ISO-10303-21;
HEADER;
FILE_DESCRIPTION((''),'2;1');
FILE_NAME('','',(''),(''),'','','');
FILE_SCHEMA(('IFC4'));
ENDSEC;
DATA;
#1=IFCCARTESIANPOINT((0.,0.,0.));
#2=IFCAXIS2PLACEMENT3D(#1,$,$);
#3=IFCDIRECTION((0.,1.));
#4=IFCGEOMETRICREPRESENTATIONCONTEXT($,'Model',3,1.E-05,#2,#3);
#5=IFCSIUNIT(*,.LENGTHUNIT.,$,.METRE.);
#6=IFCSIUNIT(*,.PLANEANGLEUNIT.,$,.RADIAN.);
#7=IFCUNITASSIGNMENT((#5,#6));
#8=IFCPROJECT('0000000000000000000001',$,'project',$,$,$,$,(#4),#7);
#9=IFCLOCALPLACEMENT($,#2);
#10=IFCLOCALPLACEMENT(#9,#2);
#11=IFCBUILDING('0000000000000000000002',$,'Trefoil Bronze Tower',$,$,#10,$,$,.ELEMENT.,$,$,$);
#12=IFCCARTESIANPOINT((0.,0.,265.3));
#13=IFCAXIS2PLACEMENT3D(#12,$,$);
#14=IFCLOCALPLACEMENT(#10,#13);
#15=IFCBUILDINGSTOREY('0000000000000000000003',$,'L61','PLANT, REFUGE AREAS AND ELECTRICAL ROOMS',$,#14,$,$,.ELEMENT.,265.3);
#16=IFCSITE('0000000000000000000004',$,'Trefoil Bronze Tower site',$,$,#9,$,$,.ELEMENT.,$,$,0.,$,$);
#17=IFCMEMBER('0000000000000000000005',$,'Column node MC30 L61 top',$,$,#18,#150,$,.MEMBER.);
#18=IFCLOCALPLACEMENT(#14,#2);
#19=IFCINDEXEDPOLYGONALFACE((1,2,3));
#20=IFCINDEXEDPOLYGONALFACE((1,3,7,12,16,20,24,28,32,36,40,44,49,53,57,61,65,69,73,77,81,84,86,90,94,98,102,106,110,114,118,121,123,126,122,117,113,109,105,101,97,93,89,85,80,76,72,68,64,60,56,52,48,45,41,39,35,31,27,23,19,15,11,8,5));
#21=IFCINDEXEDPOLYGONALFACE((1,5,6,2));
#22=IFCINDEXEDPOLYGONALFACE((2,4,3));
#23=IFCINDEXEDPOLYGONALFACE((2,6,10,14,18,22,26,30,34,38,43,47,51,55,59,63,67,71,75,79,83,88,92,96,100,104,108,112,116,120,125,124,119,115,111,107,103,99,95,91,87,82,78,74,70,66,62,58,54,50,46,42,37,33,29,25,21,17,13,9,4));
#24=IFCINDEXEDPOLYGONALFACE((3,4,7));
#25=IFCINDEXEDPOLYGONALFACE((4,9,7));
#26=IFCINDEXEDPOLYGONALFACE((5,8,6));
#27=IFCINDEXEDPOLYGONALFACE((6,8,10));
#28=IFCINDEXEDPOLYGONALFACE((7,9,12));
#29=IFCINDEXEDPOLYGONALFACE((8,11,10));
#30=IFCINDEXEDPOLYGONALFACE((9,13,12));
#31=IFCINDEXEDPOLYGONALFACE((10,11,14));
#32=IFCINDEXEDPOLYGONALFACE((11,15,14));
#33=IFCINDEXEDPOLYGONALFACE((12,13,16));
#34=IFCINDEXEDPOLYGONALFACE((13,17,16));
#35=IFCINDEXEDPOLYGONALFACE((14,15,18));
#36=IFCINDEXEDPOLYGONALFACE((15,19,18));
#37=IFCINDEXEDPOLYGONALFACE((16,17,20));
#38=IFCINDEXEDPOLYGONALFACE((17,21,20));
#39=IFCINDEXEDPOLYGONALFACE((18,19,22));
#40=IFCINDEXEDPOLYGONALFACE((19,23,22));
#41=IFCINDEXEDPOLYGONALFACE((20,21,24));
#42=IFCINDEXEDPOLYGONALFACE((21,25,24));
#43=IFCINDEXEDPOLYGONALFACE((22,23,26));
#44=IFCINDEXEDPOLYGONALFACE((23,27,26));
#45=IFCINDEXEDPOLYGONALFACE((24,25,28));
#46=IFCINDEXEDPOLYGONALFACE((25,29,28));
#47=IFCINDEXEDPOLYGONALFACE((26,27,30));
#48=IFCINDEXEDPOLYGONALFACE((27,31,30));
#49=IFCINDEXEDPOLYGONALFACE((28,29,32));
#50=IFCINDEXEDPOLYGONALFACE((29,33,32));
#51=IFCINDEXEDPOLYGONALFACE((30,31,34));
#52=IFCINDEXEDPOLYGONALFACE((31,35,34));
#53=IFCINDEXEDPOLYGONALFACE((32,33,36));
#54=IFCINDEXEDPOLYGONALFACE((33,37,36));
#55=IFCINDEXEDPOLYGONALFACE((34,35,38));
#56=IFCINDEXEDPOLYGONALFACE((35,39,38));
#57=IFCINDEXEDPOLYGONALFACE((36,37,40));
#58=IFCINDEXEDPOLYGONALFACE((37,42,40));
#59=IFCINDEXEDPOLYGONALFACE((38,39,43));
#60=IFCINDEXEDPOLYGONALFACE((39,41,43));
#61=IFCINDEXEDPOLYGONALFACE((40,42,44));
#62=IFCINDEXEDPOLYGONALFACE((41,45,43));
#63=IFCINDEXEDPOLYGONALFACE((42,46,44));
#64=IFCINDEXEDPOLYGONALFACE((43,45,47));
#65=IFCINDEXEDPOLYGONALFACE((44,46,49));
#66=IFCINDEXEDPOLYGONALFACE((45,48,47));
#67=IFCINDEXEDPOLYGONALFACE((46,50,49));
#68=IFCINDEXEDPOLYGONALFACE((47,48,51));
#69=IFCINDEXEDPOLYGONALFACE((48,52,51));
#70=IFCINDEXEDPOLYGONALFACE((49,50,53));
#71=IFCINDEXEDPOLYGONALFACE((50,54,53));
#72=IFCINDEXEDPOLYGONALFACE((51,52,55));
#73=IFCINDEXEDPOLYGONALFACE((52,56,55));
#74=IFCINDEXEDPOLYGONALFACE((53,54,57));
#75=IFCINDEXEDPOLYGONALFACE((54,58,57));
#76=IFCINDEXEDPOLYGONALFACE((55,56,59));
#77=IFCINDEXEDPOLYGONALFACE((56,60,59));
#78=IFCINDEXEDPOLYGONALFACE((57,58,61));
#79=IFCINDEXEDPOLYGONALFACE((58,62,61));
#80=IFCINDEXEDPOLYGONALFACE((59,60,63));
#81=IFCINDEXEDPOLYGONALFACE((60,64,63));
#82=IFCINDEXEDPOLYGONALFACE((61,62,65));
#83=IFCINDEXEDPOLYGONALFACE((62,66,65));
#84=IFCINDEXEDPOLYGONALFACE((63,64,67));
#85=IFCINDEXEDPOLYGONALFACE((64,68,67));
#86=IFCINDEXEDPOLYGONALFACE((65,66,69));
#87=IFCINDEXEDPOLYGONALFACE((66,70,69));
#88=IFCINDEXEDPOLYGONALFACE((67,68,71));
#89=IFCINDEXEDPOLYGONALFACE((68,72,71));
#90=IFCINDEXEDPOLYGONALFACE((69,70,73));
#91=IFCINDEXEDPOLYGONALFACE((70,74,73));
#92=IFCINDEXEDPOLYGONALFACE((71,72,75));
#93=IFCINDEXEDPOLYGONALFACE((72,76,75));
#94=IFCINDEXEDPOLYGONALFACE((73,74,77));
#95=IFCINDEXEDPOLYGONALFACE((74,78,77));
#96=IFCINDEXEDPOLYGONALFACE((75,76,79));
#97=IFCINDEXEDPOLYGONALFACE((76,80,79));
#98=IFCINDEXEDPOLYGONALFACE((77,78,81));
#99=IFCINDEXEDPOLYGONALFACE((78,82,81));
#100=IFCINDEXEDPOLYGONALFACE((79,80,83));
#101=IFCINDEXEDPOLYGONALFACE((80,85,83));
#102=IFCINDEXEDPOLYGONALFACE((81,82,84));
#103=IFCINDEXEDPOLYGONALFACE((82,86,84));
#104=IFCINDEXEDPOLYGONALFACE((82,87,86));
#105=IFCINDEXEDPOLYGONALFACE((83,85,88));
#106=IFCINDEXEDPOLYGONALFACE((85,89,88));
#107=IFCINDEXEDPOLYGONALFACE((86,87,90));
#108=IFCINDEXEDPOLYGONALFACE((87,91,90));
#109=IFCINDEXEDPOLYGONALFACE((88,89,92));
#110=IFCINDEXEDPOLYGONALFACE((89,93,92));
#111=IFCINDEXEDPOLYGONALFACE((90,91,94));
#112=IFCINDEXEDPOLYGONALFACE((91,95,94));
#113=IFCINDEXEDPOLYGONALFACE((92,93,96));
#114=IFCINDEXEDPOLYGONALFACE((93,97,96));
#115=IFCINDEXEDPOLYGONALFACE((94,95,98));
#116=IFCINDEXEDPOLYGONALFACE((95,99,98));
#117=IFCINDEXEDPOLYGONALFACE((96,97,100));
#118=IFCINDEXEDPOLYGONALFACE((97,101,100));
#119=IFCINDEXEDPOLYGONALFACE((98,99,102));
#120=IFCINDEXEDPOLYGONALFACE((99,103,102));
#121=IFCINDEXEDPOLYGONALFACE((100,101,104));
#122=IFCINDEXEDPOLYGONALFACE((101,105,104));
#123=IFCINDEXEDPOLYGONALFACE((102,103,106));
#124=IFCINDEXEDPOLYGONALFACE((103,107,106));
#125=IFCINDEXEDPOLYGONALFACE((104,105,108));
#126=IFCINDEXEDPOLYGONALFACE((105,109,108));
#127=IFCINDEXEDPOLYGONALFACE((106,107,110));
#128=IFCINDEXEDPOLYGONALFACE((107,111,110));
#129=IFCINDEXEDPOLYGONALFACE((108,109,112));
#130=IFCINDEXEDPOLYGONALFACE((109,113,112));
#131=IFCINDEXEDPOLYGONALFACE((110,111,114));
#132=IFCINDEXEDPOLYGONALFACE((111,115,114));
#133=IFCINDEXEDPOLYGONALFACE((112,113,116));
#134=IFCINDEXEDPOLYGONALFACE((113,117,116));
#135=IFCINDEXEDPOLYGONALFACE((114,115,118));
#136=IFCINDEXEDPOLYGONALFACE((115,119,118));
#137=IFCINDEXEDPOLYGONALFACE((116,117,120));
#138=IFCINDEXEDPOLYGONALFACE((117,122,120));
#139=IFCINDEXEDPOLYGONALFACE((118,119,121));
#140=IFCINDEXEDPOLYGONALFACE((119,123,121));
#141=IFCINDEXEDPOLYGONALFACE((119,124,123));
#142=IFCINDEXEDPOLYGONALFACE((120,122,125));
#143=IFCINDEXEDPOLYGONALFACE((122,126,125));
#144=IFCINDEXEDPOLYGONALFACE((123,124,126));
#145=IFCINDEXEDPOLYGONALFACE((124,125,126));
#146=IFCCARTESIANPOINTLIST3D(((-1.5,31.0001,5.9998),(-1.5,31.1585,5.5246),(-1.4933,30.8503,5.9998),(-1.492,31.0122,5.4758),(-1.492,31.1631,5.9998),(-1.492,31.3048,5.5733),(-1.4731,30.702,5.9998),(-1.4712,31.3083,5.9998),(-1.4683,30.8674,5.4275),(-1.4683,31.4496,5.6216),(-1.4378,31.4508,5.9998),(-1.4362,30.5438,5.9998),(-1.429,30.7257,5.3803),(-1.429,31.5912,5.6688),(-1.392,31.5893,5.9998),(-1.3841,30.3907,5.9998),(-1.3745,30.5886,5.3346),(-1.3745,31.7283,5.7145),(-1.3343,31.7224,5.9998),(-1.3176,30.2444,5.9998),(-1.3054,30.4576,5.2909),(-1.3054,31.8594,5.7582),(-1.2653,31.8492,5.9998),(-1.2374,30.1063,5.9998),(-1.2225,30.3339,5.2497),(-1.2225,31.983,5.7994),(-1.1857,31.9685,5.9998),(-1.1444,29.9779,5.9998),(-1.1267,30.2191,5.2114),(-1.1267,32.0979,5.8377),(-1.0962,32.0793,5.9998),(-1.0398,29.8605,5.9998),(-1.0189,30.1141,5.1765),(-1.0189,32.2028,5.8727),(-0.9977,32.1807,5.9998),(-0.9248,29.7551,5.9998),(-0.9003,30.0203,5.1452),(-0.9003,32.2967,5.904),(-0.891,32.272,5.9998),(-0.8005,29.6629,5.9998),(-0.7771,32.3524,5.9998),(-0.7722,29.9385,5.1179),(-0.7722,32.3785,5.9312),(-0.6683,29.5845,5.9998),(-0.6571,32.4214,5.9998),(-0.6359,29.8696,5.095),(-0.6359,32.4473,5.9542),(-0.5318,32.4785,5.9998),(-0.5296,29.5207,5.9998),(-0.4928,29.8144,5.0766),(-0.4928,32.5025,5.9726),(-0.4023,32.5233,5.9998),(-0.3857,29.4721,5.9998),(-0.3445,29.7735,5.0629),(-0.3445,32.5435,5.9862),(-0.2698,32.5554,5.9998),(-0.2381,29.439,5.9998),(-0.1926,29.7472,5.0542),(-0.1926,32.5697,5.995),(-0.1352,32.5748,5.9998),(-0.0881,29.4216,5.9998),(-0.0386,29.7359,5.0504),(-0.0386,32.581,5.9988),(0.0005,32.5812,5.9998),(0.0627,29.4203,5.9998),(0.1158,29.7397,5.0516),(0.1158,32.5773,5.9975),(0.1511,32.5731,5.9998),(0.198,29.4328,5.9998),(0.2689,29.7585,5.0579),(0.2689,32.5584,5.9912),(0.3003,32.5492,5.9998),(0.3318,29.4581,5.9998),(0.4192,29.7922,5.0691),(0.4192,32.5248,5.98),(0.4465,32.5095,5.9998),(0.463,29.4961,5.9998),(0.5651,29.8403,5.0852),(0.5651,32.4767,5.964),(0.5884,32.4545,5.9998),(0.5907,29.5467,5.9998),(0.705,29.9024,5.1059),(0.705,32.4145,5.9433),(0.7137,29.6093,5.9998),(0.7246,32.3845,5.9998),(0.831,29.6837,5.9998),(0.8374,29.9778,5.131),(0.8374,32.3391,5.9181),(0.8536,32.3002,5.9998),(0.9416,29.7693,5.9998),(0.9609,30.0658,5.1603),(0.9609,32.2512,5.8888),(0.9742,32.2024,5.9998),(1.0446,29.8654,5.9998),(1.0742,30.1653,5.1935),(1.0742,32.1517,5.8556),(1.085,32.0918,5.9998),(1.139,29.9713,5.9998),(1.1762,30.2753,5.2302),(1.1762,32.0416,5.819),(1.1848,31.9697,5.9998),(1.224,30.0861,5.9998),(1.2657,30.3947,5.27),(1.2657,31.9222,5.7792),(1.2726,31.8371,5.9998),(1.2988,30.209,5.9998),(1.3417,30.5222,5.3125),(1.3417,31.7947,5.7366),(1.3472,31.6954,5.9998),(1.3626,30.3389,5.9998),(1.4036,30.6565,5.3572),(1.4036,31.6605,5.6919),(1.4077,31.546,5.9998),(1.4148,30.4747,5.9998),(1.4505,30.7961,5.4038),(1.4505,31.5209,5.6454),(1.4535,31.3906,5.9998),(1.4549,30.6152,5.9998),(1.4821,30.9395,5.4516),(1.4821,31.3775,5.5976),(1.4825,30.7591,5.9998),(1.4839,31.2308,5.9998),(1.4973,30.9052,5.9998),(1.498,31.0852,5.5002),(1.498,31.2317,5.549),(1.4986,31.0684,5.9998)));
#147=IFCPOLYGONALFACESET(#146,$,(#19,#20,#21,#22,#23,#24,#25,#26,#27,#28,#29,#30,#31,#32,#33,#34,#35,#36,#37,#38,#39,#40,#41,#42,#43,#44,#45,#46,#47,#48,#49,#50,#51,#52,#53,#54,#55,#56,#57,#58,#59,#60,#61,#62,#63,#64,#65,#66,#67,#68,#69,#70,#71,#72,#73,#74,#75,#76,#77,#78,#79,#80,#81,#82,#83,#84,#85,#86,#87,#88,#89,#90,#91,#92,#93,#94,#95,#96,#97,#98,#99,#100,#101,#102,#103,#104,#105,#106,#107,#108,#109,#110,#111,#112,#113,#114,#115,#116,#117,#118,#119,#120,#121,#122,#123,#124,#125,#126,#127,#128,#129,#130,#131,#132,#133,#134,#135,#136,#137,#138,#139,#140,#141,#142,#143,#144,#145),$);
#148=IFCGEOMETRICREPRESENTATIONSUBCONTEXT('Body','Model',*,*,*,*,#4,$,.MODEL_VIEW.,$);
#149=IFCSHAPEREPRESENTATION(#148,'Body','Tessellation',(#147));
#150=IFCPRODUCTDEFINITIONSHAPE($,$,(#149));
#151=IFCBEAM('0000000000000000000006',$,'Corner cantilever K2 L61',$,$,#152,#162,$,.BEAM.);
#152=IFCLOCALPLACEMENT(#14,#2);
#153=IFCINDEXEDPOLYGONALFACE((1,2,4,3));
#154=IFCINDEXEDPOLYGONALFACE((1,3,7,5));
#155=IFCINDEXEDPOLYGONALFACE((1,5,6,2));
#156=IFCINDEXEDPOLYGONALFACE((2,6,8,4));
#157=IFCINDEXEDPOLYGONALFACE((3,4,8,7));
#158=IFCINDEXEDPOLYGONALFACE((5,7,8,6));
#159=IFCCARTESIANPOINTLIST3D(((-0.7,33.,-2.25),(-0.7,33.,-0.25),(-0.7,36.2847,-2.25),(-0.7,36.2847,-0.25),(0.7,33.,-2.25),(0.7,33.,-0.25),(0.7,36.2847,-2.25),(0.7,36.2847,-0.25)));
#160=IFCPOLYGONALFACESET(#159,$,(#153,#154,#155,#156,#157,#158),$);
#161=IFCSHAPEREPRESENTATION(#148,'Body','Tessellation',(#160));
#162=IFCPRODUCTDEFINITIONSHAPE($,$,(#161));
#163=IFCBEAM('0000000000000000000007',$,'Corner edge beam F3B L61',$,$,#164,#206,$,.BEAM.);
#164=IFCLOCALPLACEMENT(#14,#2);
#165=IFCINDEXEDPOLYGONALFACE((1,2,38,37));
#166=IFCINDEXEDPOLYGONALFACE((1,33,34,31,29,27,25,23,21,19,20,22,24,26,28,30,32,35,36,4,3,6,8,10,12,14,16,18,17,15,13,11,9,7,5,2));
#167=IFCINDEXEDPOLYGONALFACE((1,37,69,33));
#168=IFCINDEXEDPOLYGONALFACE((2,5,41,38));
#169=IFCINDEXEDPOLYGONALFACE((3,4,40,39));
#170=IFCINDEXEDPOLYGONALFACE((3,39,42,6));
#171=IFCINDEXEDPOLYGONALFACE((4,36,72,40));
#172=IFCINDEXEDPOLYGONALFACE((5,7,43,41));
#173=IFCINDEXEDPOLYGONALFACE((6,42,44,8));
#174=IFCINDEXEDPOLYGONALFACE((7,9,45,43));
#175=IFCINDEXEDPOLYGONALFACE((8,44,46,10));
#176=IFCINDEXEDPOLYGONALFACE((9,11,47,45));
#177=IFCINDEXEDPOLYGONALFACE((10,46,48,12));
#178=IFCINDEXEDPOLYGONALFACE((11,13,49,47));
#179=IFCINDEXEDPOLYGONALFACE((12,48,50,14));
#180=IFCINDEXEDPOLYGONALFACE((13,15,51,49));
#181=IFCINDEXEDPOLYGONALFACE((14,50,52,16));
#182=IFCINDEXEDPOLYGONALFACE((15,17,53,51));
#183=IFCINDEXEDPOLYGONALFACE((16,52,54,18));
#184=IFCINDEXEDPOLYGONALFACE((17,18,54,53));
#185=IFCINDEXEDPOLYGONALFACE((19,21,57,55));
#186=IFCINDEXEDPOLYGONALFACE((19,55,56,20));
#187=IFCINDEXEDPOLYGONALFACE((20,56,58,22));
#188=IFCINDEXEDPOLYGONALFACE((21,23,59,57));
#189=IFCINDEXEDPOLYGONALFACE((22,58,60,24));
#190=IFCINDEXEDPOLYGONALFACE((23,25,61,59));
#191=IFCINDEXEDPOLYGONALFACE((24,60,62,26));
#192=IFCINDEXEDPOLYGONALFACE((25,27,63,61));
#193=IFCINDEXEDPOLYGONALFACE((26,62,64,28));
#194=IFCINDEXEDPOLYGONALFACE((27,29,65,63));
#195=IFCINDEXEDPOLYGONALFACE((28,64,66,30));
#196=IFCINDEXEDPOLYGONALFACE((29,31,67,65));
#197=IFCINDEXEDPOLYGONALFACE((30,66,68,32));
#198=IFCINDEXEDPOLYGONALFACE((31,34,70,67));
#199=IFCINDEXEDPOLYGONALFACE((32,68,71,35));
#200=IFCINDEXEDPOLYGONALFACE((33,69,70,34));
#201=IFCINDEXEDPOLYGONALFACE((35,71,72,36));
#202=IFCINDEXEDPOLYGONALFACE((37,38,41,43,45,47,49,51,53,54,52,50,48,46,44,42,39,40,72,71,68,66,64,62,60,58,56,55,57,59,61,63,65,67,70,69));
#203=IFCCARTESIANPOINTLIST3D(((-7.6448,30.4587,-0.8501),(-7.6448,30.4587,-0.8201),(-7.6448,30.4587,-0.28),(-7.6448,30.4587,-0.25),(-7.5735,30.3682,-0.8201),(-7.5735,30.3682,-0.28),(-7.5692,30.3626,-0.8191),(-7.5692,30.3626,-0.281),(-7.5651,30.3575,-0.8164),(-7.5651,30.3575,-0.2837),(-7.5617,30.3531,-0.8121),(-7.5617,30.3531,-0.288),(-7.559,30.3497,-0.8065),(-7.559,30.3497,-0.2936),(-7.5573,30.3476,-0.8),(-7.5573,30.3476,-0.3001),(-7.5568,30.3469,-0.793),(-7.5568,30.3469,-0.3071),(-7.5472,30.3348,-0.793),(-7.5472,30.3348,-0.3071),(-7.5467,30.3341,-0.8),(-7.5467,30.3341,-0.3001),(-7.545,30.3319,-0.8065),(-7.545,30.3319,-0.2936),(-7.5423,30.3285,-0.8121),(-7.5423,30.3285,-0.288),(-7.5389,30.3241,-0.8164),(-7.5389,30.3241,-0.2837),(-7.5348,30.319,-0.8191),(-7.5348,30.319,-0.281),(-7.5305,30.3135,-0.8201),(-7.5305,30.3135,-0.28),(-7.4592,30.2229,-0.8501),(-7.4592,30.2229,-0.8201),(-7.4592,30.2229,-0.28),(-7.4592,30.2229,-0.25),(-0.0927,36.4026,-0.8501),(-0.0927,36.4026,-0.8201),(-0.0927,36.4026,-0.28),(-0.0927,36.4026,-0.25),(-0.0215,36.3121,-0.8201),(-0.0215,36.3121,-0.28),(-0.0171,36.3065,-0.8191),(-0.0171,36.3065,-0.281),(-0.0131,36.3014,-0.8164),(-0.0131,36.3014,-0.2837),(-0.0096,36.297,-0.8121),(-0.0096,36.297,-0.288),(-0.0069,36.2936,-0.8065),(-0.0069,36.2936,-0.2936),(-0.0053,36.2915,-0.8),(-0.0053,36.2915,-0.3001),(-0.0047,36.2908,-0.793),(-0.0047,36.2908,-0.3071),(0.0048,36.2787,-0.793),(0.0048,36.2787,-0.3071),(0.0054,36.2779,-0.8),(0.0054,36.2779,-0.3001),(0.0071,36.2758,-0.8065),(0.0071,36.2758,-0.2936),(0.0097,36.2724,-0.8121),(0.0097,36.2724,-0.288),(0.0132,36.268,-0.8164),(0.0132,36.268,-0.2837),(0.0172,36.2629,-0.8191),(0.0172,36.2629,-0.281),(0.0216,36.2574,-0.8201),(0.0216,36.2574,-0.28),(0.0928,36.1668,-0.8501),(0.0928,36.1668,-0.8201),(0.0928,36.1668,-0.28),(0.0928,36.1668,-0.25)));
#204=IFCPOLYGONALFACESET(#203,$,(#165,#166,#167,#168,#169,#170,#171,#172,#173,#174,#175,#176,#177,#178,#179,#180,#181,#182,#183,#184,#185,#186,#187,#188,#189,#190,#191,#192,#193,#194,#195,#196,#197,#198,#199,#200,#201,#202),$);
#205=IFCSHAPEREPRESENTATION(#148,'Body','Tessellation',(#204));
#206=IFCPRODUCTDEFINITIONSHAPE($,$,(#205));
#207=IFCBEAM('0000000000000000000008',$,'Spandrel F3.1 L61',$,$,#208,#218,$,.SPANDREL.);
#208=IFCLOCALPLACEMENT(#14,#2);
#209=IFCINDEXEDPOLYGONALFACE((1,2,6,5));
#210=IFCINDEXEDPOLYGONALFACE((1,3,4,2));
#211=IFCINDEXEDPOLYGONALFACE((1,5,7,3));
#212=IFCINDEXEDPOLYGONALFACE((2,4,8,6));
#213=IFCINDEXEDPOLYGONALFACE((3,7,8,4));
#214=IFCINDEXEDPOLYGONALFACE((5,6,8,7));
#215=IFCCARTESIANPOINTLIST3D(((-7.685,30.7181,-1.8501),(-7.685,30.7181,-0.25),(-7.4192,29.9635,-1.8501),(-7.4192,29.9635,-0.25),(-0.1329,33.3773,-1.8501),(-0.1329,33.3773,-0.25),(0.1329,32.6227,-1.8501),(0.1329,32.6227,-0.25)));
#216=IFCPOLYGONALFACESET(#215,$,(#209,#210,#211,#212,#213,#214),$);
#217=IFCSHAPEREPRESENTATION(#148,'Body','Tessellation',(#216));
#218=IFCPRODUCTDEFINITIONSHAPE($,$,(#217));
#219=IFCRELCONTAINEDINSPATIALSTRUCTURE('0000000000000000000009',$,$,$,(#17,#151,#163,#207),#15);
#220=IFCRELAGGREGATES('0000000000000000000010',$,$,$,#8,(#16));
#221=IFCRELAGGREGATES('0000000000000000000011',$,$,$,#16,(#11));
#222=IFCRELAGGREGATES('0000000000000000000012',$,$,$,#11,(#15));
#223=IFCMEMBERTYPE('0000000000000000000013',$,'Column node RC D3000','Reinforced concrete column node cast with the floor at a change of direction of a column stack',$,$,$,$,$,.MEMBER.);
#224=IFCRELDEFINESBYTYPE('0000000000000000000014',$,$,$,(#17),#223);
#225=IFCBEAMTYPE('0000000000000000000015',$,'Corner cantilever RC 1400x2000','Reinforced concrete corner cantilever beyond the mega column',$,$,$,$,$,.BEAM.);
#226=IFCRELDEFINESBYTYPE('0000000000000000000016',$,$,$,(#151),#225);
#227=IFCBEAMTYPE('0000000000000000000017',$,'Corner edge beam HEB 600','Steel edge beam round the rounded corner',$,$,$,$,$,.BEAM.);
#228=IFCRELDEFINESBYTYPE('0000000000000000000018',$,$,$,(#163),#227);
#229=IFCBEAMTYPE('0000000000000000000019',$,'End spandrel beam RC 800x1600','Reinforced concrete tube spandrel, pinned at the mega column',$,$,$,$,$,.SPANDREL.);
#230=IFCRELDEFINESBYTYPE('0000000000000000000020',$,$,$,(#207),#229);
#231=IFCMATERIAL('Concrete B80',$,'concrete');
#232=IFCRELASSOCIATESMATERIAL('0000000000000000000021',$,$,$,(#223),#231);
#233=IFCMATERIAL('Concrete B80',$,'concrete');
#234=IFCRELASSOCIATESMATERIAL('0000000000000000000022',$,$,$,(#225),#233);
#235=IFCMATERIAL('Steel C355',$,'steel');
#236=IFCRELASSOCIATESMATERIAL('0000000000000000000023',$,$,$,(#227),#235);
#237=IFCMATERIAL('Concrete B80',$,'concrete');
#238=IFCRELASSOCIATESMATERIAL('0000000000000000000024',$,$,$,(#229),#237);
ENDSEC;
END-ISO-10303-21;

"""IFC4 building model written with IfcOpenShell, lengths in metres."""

from ifc_helpers import new_model, si_unit, direction, frame, origin, origin_2d, place, context, subcontext, project, spatial, rectangle, circle, i_section, extrude, clip, halfspace, material, material_profile, profile_set, type_object, element, save


model = new_model("IFC4")

# Units and contexts
model_context = context("Model", 3, precision=1e-05, world=origin(), true_north=direction((0.0, 1.0)))
body_context = subcontext(model_context, "Body", "Model", "MODEL_VIEW")
ifc_project = project(units=[si_unit("LENGTHUNIT", "METRE"), si_unit("PLANEANGLEUNIT", "RADIAN")], contexts=[model_context])

# Site, building, storey
site_placement = place(None, origin())
site = spatial("IfcSite", under=ifc_project, at=site_placement, Name="Trefoil Bronze Tower site", CompositionType="ELEMENT", RefElevation=0.0)
building_placement = place(site_placement, origin())
building = spatial("IfcBuilding", under=site, at=building_placement, Name="Trefoil Bronze Tower", CompositionType="ELEMENT")
storey_placement = place(building_placement, frame((0.0, 0.0, 265.3)))
storey = spatial("IfcBuildingStorey", under=building, at=storey_placement, Name="L61", Description="PLANT, REFUGE AREAS AND ELECTRICAL ROOMS", CompositionType="ELEMENT", Elevation=265.3)

# Member
ifc_material_1 = material(Name="Concrete B80", Category="concrete")
ifc_material_profile_1 = material_profile(ifc_material_1, circle(Radius=1.5, at=origin_2d()), Name="RC D3000")
ifc_profile_set_1 = profile_set([ifc_material_profile_1], Name="Concrete B80")
member_type_1 = type_object("IfcMemberType", Name="Column node RC D3000", Description="Reinforced concrete column node cast with the floor at a change of direction of a column stack", PredefinedType="MEMBER", material=ifc_profile_set_1)
member_1_placement = place(storey_placement, frame((0.0, 30.8416, 6.4753), z_axis=(0.0, 0.316228, -0.948683), x_axis=(-1.0, 0.0, 0.0)))
element("IfcMember", 1, at=member_1_placement, inside=storey, type_object=member_type_1, Name="Column node MC30 L61 top", PredefinedType="MEMBER", context=body_context, shape_type="Clipping", body=[
    clip(extrude(circle(Radius=1.5, at=origin_2d()), origin(), (0.0, 0.0, 1.0), 1.0022), halfspace(frame((0.0, 0.0, 0.5012), z_axis=(0.0, -0.316228, 0.948683), x_axis=(0.0, 0.948683, 0.316228)), True)),
])

# Beams
ifc_material_2 = material(Name="Concrete B80", Category="concrete")
ifc_material_profile_2 = material_profile(ifc_material_2, rectangle(XDim=1.3999, YDim=2.0, at=origin_2d()), Name="RC 1400x2000")
ifc_profile_set_2 = profile_set([ifc_material_profile_2], Name="Concrete B80")
beam_type_1 = type_object("IfcBeamType", Name="Corner cantilever RC 1400x2000", Description="Reinforced concrete corner cantilever beyond the mega column", PredefinedType="BEAM", material=ifc_profile_set_2)
beam_1_placement = place(storey_placement, frame((0.0, 33.0, -1.25), z_axis=(0.0, 1.0, 0.0), x_axis=(-1.0, 0.0, 0.0)))
element("IfcBeam", 2, at=beam_1_placement, inside=storey, type_object=beam_type_1, Name="Corner cantilever K2 L61", PredefinedType="BEAM", context=body_context, shape_type="SweptSolid", body=[
    extrude(rectangle(XDim=1.3999, YDim=2.0, at=origin_2d()), origin(), (0.0, 0.0, 1.0), 3.2847),
])
ifc_material_3 = material(Name="Steel C355", Category="steel")
ifc_material_profile_3 = material_profile(ifc_material_3, i_section(OverallWidth=0.3, OverallDepth=0.6001, WebThickness=0.0154, FlangeThickness=0.03, FilletRadius=0.0271, at=origin_2d()), Name="HEB 600")
ifc_profile_set_3 = profile_set([ifc_material_profile_3], Name="Steel C355")
beam_type_2 = type_object("IfcBeamType", Name="Corner edge beam HEB 600", Description="Steel edge beam round the rounded corner", PredefinedType="BEAM", material=ifc_profile_set_3)
beam_2_placement = place(storey_placement, frame((-7.552, 30.3408, -0.55), z_axis=(0.785806, 0.618473, 0.0), x_axis=(-0.618473, 0.785806, 0.0)))
element("IfcBeam", 3, at=beam_2_placement, inside=storey, type_object=beam_type_2, Name="Corner edge beam F3B L61", PredefinedType="BEAM", context=body_context, shape_type="SweptSolid", body=[
    extrude(i_section(OverallWidth=0.3, OverallDepth=0.6001, WebThickness=0.0154, FlangeThickness=0.03, FilletRadius=0.0271, at=origin_2d()), origin(), (0.0, 0.0, 1.0), 9.6106),
])
ifc_material_4 = material(Name="Concrete B80", Category="concrete")
ifc_material_profile_4 = material_profile(ifc_material_4, rectangle(XDim=0.8, YDim=1.6001, at=origin_2d()), Name="RC 800x1600")
ifc_profile_set_4 = profile_set([ifc_material_profile_4], Name="Concrete B80")
beam_type_3 = type_object("IfcBeamType", Name="End spandrel beam RC 800x1600", Description="Reinforced concrete tube spandrel, pinned at the mega column", PredefinedType="SPANDREL", material=ifc_profile_set_4)
beam_3_placement = place(storey_placement, frame((0.0, 33.0, -1.05), z_axis=(-0.943234, -0.332128, 0.0), x_axis=(0.332128, -0.943234, 0.0)))
element("IfcBeam", 4, at=beam_3_placement, inside=storey, type_object=beam_type_3, Name="Spandrel F3.1 L61", PredefinedType="SPANDREL", context=body_context, shape_type="SweptSolid", body=[
    extrude(rectangle(XDim=0.8, YDim=1.6001, at=origin_2d()), origin(), (0.0, 0.0, 1.0), 8.0066),
])

save(model, "model.ifc")
